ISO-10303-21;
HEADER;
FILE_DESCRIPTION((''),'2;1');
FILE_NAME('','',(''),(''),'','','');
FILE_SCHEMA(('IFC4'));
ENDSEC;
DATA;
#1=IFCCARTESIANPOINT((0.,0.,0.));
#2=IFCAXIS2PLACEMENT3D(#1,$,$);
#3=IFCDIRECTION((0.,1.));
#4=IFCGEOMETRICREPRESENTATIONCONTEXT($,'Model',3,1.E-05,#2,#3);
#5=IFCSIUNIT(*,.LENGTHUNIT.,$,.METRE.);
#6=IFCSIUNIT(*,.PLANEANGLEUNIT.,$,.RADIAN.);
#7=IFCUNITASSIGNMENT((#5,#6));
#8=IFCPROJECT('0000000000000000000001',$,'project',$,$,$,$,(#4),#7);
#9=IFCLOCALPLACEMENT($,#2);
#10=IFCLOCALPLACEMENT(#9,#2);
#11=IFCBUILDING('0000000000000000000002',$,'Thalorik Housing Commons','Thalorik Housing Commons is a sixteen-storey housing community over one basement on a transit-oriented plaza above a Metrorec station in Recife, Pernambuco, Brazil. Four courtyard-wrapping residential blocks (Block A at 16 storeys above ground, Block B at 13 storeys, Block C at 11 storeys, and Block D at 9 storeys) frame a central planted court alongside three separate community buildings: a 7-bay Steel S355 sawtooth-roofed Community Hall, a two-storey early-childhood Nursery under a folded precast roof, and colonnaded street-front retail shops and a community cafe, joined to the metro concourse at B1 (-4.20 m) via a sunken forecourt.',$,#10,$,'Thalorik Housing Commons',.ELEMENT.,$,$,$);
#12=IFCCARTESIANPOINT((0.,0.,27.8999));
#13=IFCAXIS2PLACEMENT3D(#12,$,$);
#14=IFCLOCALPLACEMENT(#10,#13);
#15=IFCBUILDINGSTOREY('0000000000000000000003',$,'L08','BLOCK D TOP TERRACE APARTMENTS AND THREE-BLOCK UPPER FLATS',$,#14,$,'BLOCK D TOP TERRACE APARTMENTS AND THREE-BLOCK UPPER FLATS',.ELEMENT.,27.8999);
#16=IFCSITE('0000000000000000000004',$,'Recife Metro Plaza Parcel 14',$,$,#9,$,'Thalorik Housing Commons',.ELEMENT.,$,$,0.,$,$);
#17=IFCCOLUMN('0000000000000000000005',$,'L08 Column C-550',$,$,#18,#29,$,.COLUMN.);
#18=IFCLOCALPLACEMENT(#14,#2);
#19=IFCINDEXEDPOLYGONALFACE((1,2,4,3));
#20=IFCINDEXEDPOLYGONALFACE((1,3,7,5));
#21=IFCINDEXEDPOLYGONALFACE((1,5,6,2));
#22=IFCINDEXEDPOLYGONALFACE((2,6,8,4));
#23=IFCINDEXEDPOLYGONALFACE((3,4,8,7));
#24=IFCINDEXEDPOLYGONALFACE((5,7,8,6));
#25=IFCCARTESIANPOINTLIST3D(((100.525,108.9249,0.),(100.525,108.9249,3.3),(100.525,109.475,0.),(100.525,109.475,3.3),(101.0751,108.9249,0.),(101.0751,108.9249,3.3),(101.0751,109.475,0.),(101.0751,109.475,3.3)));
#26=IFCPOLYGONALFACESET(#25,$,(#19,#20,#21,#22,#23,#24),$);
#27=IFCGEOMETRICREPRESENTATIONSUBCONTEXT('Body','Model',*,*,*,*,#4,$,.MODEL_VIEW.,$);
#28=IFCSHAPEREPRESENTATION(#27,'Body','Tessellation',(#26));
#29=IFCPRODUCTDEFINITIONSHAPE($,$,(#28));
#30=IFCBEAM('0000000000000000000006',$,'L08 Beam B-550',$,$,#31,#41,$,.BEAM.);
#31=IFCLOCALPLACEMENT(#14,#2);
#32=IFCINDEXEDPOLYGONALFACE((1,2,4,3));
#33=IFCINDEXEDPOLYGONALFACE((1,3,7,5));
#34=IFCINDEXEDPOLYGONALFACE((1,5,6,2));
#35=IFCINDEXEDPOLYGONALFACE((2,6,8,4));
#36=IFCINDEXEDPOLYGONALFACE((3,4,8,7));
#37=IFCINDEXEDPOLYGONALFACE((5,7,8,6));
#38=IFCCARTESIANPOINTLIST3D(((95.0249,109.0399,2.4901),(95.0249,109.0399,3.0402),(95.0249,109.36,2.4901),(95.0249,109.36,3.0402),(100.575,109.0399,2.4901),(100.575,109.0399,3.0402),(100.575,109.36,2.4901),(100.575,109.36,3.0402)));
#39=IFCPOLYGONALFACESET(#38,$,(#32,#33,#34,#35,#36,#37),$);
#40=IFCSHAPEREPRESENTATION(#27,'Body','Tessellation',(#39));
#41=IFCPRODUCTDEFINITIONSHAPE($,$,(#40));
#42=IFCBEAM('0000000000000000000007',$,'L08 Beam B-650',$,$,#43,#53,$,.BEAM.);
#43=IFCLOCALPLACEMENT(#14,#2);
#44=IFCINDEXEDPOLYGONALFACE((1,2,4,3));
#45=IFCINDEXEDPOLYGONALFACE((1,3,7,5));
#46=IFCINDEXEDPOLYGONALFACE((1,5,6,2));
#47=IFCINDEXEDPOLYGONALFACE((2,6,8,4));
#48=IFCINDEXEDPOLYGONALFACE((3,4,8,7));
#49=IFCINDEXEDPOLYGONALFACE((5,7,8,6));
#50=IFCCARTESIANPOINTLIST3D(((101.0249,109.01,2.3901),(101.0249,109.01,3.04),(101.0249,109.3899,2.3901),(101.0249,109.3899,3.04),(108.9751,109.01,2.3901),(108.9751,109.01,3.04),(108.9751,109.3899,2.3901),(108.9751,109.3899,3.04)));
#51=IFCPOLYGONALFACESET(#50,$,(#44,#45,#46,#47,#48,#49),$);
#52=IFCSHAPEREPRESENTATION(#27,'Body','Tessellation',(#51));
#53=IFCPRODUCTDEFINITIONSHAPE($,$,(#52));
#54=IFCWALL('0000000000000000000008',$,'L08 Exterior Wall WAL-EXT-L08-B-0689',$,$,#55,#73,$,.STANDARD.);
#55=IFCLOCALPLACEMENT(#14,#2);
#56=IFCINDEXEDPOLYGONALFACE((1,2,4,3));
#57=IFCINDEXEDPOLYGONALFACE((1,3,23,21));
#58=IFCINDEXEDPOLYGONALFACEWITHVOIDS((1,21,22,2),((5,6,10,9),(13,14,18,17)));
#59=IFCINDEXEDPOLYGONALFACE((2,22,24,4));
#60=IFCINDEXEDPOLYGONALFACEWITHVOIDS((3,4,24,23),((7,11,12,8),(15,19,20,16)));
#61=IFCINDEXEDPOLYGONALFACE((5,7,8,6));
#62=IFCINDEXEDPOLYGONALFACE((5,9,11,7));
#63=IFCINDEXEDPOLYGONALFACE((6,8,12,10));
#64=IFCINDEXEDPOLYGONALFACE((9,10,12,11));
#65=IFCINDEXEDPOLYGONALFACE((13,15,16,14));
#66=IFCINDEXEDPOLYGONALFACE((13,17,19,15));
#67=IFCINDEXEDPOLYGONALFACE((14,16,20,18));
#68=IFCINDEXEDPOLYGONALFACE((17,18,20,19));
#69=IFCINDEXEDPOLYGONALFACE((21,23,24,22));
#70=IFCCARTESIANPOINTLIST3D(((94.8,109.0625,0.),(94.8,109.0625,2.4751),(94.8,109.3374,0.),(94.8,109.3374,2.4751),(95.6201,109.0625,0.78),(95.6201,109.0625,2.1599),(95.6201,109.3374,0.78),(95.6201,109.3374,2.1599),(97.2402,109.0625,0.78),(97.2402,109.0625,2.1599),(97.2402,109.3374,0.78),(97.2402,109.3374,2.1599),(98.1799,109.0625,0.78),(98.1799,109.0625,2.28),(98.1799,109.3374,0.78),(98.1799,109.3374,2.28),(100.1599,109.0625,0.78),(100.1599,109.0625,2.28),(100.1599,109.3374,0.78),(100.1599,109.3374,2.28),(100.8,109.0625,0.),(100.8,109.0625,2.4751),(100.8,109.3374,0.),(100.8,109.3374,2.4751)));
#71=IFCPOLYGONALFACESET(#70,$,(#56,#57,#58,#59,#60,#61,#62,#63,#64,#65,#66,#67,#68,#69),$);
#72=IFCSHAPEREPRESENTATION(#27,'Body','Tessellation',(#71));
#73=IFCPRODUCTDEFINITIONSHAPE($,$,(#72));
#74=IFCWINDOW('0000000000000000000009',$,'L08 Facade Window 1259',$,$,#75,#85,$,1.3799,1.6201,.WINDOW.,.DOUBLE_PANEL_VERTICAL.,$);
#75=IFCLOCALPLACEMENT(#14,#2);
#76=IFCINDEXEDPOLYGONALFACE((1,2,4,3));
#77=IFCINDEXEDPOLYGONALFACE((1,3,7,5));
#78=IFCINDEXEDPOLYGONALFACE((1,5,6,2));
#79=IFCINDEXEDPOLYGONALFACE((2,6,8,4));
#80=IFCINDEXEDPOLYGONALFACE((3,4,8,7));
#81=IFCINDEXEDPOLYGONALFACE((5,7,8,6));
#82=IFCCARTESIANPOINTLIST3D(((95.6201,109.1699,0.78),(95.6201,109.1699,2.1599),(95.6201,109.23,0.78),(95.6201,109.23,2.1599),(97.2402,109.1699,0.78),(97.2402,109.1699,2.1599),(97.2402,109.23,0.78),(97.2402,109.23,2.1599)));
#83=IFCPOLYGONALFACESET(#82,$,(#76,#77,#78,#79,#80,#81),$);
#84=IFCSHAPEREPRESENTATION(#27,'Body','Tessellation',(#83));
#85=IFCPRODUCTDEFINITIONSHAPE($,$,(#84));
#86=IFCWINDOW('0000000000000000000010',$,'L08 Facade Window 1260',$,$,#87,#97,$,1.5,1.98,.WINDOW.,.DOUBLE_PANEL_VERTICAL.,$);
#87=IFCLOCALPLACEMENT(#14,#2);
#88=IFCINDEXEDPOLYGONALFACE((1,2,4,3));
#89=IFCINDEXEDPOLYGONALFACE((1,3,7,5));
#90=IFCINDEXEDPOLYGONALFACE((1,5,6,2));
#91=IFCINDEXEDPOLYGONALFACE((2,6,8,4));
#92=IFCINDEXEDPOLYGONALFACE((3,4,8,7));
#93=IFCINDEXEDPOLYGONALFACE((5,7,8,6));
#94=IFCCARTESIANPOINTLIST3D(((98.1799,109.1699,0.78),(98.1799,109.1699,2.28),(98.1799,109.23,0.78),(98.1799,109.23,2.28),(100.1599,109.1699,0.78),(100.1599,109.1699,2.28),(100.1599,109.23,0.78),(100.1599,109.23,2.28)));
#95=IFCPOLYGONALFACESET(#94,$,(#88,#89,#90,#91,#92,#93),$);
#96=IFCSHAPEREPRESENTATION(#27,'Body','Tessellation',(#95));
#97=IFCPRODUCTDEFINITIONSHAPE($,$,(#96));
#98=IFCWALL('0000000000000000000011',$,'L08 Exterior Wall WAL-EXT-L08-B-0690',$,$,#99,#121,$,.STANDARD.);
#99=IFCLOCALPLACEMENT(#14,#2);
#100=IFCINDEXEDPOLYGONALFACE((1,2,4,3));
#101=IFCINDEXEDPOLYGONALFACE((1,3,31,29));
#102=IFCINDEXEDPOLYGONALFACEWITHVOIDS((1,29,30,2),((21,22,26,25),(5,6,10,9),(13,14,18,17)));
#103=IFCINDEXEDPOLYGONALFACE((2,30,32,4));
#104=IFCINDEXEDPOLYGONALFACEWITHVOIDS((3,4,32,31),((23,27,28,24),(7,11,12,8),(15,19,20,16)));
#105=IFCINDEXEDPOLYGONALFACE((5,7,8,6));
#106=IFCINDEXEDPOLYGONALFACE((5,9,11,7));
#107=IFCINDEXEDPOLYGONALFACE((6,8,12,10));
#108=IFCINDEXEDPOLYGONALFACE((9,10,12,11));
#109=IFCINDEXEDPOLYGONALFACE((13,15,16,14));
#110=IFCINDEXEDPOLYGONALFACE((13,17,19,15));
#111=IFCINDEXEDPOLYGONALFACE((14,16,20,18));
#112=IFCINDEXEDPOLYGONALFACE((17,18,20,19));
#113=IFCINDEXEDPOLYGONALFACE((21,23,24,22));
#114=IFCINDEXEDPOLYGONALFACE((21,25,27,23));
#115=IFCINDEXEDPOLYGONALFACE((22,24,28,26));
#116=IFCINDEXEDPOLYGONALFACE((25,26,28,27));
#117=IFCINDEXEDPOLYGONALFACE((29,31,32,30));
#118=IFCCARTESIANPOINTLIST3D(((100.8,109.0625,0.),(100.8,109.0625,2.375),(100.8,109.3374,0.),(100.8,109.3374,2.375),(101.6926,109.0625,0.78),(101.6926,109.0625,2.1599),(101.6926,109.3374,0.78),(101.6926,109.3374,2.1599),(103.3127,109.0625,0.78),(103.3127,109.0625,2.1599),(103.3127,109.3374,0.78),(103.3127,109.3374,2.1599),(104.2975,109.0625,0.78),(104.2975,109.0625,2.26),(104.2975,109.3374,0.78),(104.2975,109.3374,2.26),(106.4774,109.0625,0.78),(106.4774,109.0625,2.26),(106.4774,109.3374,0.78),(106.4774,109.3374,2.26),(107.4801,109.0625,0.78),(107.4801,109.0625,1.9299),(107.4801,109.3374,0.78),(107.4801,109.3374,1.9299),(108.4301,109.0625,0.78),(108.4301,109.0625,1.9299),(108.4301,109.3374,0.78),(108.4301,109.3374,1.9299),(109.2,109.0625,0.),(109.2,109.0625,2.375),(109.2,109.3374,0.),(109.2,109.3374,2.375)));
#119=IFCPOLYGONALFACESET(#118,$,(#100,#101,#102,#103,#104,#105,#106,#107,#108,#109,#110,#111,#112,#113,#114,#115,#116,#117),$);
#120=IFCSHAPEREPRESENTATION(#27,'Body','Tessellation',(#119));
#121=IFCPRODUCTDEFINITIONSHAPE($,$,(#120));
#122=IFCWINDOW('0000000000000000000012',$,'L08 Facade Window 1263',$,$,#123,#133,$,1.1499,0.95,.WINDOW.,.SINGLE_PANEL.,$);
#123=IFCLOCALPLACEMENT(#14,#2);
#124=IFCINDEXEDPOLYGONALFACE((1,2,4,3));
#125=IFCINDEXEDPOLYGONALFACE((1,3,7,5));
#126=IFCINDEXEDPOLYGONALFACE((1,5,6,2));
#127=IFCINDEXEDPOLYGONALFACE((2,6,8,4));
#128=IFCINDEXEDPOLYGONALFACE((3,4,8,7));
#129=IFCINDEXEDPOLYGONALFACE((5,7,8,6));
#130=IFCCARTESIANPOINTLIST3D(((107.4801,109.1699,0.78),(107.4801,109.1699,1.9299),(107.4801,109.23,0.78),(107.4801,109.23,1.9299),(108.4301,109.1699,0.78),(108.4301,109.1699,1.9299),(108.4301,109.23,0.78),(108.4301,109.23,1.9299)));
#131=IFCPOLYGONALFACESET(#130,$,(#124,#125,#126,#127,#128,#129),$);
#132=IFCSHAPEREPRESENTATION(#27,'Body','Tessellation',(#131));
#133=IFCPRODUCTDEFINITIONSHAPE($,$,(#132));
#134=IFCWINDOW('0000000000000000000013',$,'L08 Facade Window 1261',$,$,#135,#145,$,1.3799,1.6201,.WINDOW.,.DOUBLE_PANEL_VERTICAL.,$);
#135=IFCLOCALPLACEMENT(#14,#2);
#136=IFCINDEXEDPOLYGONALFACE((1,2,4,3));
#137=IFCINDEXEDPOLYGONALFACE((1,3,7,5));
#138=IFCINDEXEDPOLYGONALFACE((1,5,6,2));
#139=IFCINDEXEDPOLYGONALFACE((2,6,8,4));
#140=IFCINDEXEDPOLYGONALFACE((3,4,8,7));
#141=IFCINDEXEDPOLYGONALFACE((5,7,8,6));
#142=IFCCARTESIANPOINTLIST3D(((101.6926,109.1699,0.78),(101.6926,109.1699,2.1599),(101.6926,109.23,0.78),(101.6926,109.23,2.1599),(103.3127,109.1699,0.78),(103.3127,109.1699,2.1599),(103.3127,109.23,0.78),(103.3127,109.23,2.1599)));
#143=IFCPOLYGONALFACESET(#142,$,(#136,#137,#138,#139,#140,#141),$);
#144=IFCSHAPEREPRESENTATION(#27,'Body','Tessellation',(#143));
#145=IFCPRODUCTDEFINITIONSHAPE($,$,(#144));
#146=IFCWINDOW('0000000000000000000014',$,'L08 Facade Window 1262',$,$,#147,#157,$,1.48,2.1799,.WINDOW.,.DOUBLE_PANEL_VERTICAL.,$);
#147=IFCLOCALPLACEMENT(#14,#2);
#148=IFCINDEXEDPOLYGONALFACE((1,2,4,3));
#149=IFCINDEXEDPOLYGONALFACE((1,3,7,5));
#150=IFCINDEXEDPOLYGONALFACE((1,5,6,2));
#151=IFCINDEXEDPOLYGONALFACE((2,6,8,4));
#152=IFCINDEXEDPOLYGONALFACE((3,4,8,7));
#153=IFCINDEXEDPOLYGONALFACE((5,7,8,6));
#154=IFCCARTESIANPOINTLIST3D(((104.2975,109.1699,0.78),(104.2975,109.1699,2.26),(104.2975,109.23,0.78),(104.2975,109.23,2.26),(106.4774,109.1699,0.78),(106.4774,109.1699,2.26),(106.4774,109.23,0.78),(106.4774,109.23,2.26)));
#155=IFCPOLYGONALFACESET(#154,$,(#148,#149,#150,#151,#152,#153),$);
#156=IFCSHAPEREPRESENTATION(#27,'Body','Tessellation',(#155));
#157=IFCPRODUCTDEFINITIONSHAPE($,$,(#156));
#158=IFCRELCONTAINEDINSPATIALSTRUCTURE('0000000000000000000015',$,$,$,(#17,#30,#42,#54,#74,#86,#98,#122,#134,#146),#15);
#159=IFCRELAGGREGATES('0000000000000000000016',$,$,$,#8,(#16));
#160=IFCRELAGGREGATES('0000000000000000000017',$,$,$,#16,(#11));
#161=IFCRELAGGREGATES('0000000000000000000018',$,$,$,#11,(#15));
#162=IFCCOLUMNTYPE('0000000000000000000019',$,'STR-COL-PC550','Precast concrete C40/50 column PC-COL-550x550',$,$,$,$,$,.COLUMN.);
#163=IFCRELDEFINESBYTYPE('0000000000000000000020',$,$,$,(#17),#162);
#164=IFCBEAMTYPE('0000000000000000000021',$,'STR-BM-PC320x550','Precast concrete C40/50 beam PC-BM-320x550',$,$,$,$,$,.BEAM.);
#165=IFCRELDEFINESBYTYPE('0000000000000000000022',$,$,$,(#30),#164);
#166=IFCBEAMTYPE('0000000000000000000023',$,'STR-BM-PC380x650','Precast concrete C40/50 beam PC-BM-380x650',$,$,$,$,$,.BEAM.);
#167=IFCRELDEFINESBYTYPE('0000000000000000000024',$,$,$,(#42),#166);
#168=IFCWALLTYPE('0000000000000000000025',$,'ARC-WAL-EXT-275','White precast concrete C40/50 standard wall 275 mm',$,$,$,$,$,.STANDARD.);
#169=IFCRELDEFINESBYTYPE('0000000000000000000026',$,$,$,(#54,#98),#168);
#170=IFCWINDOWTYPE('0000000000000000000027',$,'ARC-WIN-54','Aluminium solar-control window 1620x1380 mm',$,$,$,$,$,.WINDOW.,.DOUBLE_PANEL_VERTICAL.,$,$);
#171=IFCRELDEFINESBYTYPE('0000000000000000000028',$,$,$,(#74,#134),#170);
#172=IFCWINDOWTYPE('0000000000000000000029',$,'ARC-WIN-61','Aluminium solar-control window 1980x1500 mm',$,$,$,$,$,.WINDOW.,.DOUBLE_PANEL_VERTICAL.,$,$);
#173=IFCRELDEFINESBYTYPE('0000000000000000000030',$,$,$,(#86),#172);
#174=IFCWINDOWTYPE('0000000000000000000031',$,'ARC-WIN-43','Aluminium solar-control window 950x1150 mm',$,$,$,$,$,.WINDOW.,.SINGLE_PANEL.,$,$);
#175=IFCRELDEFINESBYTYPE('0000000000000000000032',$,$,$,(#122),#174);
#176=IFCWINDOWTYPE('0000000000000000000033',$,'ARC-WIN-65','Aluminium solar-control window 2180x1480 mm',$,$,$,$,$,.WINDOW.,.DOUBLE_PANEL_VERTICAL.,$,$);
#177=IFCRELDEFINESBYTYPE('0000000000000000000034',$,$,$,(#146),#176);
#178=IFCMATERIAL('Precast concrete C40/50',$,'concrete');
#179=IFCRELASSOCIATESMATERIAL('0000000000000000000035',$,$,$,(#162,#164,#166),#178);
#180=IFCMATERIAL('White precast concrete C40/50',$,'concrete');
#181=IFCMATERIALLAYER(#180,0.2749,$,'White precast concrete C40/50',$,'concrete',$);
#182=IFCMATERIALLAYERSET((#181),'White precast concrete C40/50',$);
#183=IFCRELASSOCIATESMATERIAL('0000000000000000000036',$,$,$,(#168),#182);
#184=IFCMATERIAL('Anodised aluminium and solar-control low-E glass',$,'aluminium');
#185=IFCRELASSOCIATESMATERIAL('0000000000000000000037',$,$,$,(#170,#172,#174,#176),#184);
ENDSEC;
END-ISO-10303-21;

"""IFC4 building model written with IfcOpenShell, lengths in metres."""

from ifc_helpers import new_model, si_unit, direction, frame, frame_2d, origin, origin_2d, place, context, subcontext, project, spatial, rectangle, extrude, material, layer, layer_set, material_profile, profile_set, type_object, element, fill, save


model = new_model("IFC4")

# Units and contexts
model_context = context("Model", 3, precision=1e-05, world=origin(), true_north=direction((0.0, 1.0)))
body_context = subcontext(model_context, "Body", "Model", "MODEL_VIEW")
ifc_project = project(units=[si_unit("LENGTHUNIT", "METRE"), si_unit("PLANEANGLEUNIT", "RADIAN")], contexts=[model_context])

# Site, building, storey
site_placement = place(None, origin())
site = spatial("IfcSite", under=ifc_project, at=site_placement, Name="Recife Metro Plaza Parcel 14", LongName="Thalorik Housing Commons", CompositionType="ELEMENT", RefElevation=0.0)
building_placement = place(site_placement, origin())
building = spatial("IfcBuilding", under=site, at=building_placement, Name="Thalorik Housing Commons", Description="Thalorik Housing Commons is a sixteen-storey housing community over one basement on a transit-oriented plaza above a Metrorec station in Recife, Pernambuco, Brazil. Four courtyard-wrapping residential blocks (Block A at 16 storeys above ground, Block B at 13 storeys, Block C at 11 storeys, and Block D at 9 storeys) frame a central planted court alongside three separate community buildings: a 7-bay Steel S355 sawtooth-roofed Community Hall, a two-storey early-childhood Nursery under a folded precast roof, and colonnaded street-front retail shops and a community cafe, joined to the metro concourse at B1 (-4.20 m) via a sunken forecourt.", LongName="Thalorik Housing Commons", CompositionType="ELEMENT")
storey_placement = place(building_placement, frame((0.0, 0.0, 27.8999)))
storey = spatial("IfcBuildingStorey", under=building, at=storey_placement, Name="L08", Description="BLOCK D TOP TERRACE APARTMENTS AND THREE-BLOCK UPPER FLATS", LongName="BLOCK D TOP TERRACE APARTMENTS AND THREE-BLOCK UPPER FLATS", CompositionType="ELEMENT", Elevation=27.8999)

# Column
ifc_material_1 = material(Name="Precast concrete C40/50", Category="concrete")
ifc_material_profile_1 = material_profile(ifc_material_1, rectangle(XDim=0.55, YDim=0.55, at=origin_2d()), Name="PC 550x550", Category="concrete")
ifc_profile_set_1 = profile_set([ifc_material_profile_1], Name="Precast concrete C40/50")
column_type = type_object("IfcColumnType", Name="STR-COL-PC550", Description="Precast concrete C40/50 column PC-COL-550x550", PredefinedType="COLUMN", material=ifc_profile_set_1)
column_placement = place(storey_placement, frame((100.8, 109.2, 0.0), z_axis=(0.0, 0.0, 1.0), x_axis=(1.0, 0.0, 0.0)))
element("IfcColumn", 1, at=column_placement, inside=storey, type_object=column_type, Name="L08 Column C-550", PredefinedType="COLUMN", context=body_context, shape_type="SweptSolid", body=[
    extrude(rectangle(XDim=0.55, YDim=0.55, at=origin_2d()), origin(), (0.0, 0.0, 1.0), 3.3),
])

# Beams
ifc_material_profile_2 = material_profile(ifc_material_1, rectangle(XDim=0.3201, YDim=0.55, at=origin_2d()), Name="PC 320x550", Category="concrete")
ifc_profile_set_2 = profile_set([ifc_material_profile_2], Name="Precast concrete C40/50")
beam_type_1 = type_object("IfcBeamType", Name="STR-BM-PC320x550", Description="Precast concrete C40/50 beam PC-BM-320x550", PredefinedType="BEAM", material=ifc_profile_set_2)
beam_1_placement = place(storey_placement, frame((95.0249, 109.2, 2.7651), z_axis=(1.0, 0.0, 0.0), x_axis=(0.0, 1.0, 0.0)))
element("IfcBeam", 2, at=beam_1_placement, inside=storey, type_object=beam_type_1, Name="L08 Beam B-550", PredefinedType="BEAM", context=body_context, shape_type="SweptSolid", body=[
    extrude(rectangle(XDim=0.3201, YDim=0.55, at=origin_2d()), origin(), (0.0, 0.0, 1.0), 5.55),
])
ifc_material_profile_3 = material_profile(ifc_material_1, rectangle(XDim=0.3799, YDim=0.6499, at=origin_2d()), Name="PC 380x650", Category="concrete")
ifc_profile_set_3 = profile_set([ifc_material_profile_3], Name="Precast concrete C40/50")
beam_type_2 = type_object("IfcBeamType", Name="STR-BM-PC380x650", Description="Precast concrete C40/50 beam PC-BM-380x650", PredefinedType="BEAM", material=ifc_profile_set_3)
beam_2_placement = place(storey_placement, frame((101.0249, 109.2, 2.7151), z_axis=(1.0, 0.0, 0.0), x_axis=(0.0, 1.0, 0.0)))
element("IfcBeam", 3, at=beam_2_placement, inside=storey, type_object=beam_type_2, Name="L08 Beam B-650", PredefinedType="BEAM", context=body_context, shape_type="SweptSolid", body=[
    extrude(rectangle(XDim=0.3799, YDim=0.6499, at=origin_2d()), origin(), (0.0, 0.0, 1.0), 7.9502),
])

# Walls, openings, windows
ifc_material_2 = material(Name="White precast concrete C40/50", Category="concrete")
ifc_layer_1 = layer(ifc_material_2, 0.2749, Name="White precast concrete C40/50", Category="concrete")
ifc_layer_set_1 = layer_set([ifc_layer_1], Name="White precast concrete C40/50")
wall_type = type_object("IfcWallType", Name="ARC-WAL-EXT-275", Description="White precast concrete C40/50 standard wall 275 mm", PredefinedType="STANDARD", material=ifc_layer_set_1)
wall_1_placement = place(storey_placement, frame((94.8, 109.2, 0.0), z_axis=(0.0, 0.0, 1.0), x_axis=(1.0, 0.0, 0.0)))
wall_1 = element("IfcWall", 4, at=wall_1_placement, inside=storey, type_object=wall_type, Name="L08 Exterior Wall WAL-EXT-L08-B-0689", PredefinedType="STANDARD", context=body_context, shape_type="SweptSolid", body=[
    extrude(rectangle(XDim=6.0, YDim=0.2749, at=frame_2d((3.0, 0.0))), origin(), (0.0, 0.0, 1.0), 2.4751),
])
opening_1_placement = place(wall_1_placement, frame((0.8201, 0.0, 0.78)))
opening_1 = element("IfcOpeningElement", 5, at=opening_1_placement, cuts=wall_1, PredefinedType="OPENING", context=body_context, shape_type="SweptSolid", body=[
    extrude(rectangle(XDim=1.6201, YDim=1.3799, at=frame_2d((0.8101, 0.6899))), frame((0.0, 0.1475, 0.0), z_axis=(0.0, -1.0, 0.0), x_axis=(1.0, 0.0, 0.0)), (0.0, 0.0, 1.0), 0.2949),
])
opening_2_placement = place(wall_1_placement, frame((3.3799, 0.0, 0.78)))
opening_2 = element("IfcOpeningElement", 6, at=opening_2_placement, cuts=wall_1, PredefinedType="OPENING", context=body_context, shape_type="SweptSolid", body=[
    extrude(rectangle(XDim=1.98, YDim=1.5, at=frame_2d((0.99, 0.75))), frame((0.0, 0.1475, 0.0), z_axis=(0.0, -1.0, 0.0), x_axis=(1.0, 0.0, 0.0)), (0.0, 0.0, 1.0), 0.2949),
])
ifc_material_3 = material(Name="Anodised aluminium and solar-control low-E glass", Category="aluminium")
window_type_1 = type_object("IfcWindowType", Name="ARC-WIN-54", Description="Aluminium solar-control window 1620x1380 mm", PartitioningType="DOUBLE_PANEL_VERTICAL", PredefinedType="WINDOW", material=ifc_material_3)
window_1_placement = place(opening_1_placement, origin())
window_1 = element("IfcWindow", 7, at=window_1_placement, inside=storey, type_object=window_type_1, Name="L08 Facade Window 1259", OverallHeight=1.3799, OverallWidth=1.6201, PartitioningType="DOUBLE_PANEL_VERTICAL", PredefinedType="WINDOW", context=body_context, shape_type="SweptSolid", body=[
    extrude(rectangle(XDim=1.6201, YDim=1.3799, at=frame_2d((0.8101, 0.6899))), frame((0.0, 0.03, 0.0), z_axis=(0.0, -1.0, 0.0), x_axis=(1.0, 0.0, 0.0)), (0.0, 0.0, 1.0), 0.0601),
])
fill(opening_1, window_1)
window_type_2 = type_object("IfcWindowType", Name="ARC-WIN-61", Description="Aluminium solar-control window 1980x1500 mm", PartitioningType="DOUBLE_PANEL_VERTICAL", PredefinedType="WINDOW", material=ifc_material_3)
window_2_placement = place(opening_2_placement, origin())
window_2 = element("IfcWindow", 8, at=window_2_placement, inside=storey, type_object=window_type_2, Name="L08 Facade Window 1260", OverallHeight=1.5, OverallWidth=1.98, PartitioningType="DOUBLE_PANEL_VERTICAL", PredefinedType="WINDOW", context=body_context, shape_type="SweptSolid", body=[
    extrude(rectangle(XDim=1.98, YDim=1.5, at=frame_2d((0.99, 0.75))), frame((0.0, 0.03, 0.0), z_axis=(0.0, -1.0, 0.0), x_axis=(1.0, 0.0, 0.0)), (0.0, 0.0, 1.0), 0.0601),
])
fill(opening_2, window_2)
wall_2_placement = place(storey_placement, frame((100.8, 109.2, 0.0), z_axis=(0.0, 0.0, 1.0), x_axis=(1.0, 0.0, 0.0)))
wall_2 = element("IfcWall", 9, at=wall_2_placement, inside=storey, type_object=wall_type, Name="L08 Exterior Wall WAL-EXT-L08-B-0690", PredefinedType="STANDARD", context=body_context, shape_type="SweptSolid", body=[
    extrude(rectangle(XDim=8.3999, YDim=0.2749, at=frame_2d((4.2, 0.0))), origin(), (0.0, 0.0, 1.0), 2.375),
])
opening_3_placement = place(wall_2_placement, frame((0.8926, 0.0, 0.78)))
opening_3 = element("IfcOpeningElement", 10, at=opening_3_placement, cuts=wall_2, PredefinedType="OPENING", context=body_context, shape_type="SweptSolid", body=[
    extrude(rectangle(XDim=1.6201, YDim=1.3799, at=frame_2d((0.8101, 0.6899))), frame((0.0, 0.1475, 0.0), z_axis=(0.0, -1.0, 0.0), x_axis=(1.0, 0.0, 0.0)), (0.0, 0.0, 1.0), 0.2949),
])
opening_4_placement = place(wall_2_placement, frame((3.4976, 0.0, 0.78)))
opening_4 = element("IfcOpeningElement", 11, at=opening_4_placement, cuts=wall_2, PredefinedType="OPENING", context=body_context, shape_type="SweptSolid", body=[
    extrude(rectangle(XDim=2.1799, YDim=1.48, at=frame_2d((1.0898, 0.74))), frame((0.0, 0.1475, 0.0), z_axis=(0.0, -1.0, 0.0), x_axis=(1.0, 0.0, 0.0)), (0.0, 0.0, 1.0), 0.2949),
])
opening_5_placement = place(wall_2_placement, frame((6.6799, 0.0, 0.78)))
opening_5 = element("IfcOpeningElement", 12, at=opening_5_placement, cuts=wall_2, PredefinedType="OPENING", context=body_context, shape_type="SweptSolid", body=[
    extrude(rectangle(XDim=0.95, YDim=1.1499, at=frame_2d((0.4751, 0.575))), frame((0.0, 0.1475, 0.0), z_axis=(0.0, -1.0, 0.0), x_axis=(1.0, 0.0, 0.0)), (0.0, 0.0, 1.0), 0.2949),
])
window_type_3 = type_object("IfcWindowType", Name="ARC-WIN-43", Description="Aluminium solar-control window 950x1150 mm", PartitioningType="SINGLE_PANEL", PredefinedType="WINDOW", material=ifc_material_3)
window_3_placement = place(opening_5_placement, origin())
window_3 = element("IfcWindow", 13, at=window_3_placement, inside=storey, type_object=window_type_3, Name="L08 Facade Window 1263", OverallHeight=1.1499, OverallWidth=0.95, PartitioningType="SINGLE_PANEL", PredefinedType="WINDOW", context=body_context, shape_type="SweptSolid", body=[
    extrude(rectangle(XDim=0.95, YDim=1.1499, at=frame_2d((0.4751, 0.575))), frame((0.0, 0.03, 0.0), z_axis=(0.0, -1.0, 0.0), x_axis=(1.0, 0.0, 0.0)), (0.0, 0.0, 1.0), 0.0601),
])
fill(opening_5, window_3)
window_4_placement = place(opening_3_placement, origin())
window_4 = element("IfcWindow", 14, at=window_4_placement, inside=storey, type_object=window_type_1, Name="L08 Facade Window 1261", OverallHeight=1.3799, OverallWidth=1.6201, PartitioningType="DOUBLE_PANEL_VERTICAL", PredefinedType="WINDOW", context=body_context, shape_type="SweptSolid", body=[
    extrude(rectangle(XDim=1.6201, YDim=1.3799, at=frame_2d((0.8101, 0.6899))), frame((0.0, 0.03, 0.0), z_axis=(0.0, -1.0, 0.0), x_axis=(1.0, 0.0, 0.0)), (0.0, 0.0, 1.0), 0.0601),
])
fill(opening_3, window_4)
window_type_4 = type_object("IfcWindowType", Name="ARC-WIN-65", Description="Aluminium solar-control window 2180x1480 mm", PartitioningType="DOUBLE_PANEL_VERTICAL", PredefinedType="WINDOW", material=ifc_material_3)
window_5_placement = place(opening_4_placement, origin())
window_5 = element("IfcWindow", 15, at=window_5_placement, inside=storey, type_object=window_type_4, Name="L08 Facade Window 1262", OverallHeight=1.48, OverallWidth=2.1799, PartitioningType="DOUBLE_PANEL_VERTICAL", PredefinedType="WINDOW", context=body_context, shape_type="SweptSolid", body=[
    extrude(rectangle(XDim=2.1799, YDim=1.48, at=frame_2d((1.0898, 0.74))), frame((0.0, 0.03, 0.0), z_axis=(0.0, -1.0, 0.0), x_axis=(1.0, 0.0, 0.0)), (0.0, 0.0, 1.0), 0.0601),
])
fill(opening_4, window_5)

save(model, "model.ifc")
